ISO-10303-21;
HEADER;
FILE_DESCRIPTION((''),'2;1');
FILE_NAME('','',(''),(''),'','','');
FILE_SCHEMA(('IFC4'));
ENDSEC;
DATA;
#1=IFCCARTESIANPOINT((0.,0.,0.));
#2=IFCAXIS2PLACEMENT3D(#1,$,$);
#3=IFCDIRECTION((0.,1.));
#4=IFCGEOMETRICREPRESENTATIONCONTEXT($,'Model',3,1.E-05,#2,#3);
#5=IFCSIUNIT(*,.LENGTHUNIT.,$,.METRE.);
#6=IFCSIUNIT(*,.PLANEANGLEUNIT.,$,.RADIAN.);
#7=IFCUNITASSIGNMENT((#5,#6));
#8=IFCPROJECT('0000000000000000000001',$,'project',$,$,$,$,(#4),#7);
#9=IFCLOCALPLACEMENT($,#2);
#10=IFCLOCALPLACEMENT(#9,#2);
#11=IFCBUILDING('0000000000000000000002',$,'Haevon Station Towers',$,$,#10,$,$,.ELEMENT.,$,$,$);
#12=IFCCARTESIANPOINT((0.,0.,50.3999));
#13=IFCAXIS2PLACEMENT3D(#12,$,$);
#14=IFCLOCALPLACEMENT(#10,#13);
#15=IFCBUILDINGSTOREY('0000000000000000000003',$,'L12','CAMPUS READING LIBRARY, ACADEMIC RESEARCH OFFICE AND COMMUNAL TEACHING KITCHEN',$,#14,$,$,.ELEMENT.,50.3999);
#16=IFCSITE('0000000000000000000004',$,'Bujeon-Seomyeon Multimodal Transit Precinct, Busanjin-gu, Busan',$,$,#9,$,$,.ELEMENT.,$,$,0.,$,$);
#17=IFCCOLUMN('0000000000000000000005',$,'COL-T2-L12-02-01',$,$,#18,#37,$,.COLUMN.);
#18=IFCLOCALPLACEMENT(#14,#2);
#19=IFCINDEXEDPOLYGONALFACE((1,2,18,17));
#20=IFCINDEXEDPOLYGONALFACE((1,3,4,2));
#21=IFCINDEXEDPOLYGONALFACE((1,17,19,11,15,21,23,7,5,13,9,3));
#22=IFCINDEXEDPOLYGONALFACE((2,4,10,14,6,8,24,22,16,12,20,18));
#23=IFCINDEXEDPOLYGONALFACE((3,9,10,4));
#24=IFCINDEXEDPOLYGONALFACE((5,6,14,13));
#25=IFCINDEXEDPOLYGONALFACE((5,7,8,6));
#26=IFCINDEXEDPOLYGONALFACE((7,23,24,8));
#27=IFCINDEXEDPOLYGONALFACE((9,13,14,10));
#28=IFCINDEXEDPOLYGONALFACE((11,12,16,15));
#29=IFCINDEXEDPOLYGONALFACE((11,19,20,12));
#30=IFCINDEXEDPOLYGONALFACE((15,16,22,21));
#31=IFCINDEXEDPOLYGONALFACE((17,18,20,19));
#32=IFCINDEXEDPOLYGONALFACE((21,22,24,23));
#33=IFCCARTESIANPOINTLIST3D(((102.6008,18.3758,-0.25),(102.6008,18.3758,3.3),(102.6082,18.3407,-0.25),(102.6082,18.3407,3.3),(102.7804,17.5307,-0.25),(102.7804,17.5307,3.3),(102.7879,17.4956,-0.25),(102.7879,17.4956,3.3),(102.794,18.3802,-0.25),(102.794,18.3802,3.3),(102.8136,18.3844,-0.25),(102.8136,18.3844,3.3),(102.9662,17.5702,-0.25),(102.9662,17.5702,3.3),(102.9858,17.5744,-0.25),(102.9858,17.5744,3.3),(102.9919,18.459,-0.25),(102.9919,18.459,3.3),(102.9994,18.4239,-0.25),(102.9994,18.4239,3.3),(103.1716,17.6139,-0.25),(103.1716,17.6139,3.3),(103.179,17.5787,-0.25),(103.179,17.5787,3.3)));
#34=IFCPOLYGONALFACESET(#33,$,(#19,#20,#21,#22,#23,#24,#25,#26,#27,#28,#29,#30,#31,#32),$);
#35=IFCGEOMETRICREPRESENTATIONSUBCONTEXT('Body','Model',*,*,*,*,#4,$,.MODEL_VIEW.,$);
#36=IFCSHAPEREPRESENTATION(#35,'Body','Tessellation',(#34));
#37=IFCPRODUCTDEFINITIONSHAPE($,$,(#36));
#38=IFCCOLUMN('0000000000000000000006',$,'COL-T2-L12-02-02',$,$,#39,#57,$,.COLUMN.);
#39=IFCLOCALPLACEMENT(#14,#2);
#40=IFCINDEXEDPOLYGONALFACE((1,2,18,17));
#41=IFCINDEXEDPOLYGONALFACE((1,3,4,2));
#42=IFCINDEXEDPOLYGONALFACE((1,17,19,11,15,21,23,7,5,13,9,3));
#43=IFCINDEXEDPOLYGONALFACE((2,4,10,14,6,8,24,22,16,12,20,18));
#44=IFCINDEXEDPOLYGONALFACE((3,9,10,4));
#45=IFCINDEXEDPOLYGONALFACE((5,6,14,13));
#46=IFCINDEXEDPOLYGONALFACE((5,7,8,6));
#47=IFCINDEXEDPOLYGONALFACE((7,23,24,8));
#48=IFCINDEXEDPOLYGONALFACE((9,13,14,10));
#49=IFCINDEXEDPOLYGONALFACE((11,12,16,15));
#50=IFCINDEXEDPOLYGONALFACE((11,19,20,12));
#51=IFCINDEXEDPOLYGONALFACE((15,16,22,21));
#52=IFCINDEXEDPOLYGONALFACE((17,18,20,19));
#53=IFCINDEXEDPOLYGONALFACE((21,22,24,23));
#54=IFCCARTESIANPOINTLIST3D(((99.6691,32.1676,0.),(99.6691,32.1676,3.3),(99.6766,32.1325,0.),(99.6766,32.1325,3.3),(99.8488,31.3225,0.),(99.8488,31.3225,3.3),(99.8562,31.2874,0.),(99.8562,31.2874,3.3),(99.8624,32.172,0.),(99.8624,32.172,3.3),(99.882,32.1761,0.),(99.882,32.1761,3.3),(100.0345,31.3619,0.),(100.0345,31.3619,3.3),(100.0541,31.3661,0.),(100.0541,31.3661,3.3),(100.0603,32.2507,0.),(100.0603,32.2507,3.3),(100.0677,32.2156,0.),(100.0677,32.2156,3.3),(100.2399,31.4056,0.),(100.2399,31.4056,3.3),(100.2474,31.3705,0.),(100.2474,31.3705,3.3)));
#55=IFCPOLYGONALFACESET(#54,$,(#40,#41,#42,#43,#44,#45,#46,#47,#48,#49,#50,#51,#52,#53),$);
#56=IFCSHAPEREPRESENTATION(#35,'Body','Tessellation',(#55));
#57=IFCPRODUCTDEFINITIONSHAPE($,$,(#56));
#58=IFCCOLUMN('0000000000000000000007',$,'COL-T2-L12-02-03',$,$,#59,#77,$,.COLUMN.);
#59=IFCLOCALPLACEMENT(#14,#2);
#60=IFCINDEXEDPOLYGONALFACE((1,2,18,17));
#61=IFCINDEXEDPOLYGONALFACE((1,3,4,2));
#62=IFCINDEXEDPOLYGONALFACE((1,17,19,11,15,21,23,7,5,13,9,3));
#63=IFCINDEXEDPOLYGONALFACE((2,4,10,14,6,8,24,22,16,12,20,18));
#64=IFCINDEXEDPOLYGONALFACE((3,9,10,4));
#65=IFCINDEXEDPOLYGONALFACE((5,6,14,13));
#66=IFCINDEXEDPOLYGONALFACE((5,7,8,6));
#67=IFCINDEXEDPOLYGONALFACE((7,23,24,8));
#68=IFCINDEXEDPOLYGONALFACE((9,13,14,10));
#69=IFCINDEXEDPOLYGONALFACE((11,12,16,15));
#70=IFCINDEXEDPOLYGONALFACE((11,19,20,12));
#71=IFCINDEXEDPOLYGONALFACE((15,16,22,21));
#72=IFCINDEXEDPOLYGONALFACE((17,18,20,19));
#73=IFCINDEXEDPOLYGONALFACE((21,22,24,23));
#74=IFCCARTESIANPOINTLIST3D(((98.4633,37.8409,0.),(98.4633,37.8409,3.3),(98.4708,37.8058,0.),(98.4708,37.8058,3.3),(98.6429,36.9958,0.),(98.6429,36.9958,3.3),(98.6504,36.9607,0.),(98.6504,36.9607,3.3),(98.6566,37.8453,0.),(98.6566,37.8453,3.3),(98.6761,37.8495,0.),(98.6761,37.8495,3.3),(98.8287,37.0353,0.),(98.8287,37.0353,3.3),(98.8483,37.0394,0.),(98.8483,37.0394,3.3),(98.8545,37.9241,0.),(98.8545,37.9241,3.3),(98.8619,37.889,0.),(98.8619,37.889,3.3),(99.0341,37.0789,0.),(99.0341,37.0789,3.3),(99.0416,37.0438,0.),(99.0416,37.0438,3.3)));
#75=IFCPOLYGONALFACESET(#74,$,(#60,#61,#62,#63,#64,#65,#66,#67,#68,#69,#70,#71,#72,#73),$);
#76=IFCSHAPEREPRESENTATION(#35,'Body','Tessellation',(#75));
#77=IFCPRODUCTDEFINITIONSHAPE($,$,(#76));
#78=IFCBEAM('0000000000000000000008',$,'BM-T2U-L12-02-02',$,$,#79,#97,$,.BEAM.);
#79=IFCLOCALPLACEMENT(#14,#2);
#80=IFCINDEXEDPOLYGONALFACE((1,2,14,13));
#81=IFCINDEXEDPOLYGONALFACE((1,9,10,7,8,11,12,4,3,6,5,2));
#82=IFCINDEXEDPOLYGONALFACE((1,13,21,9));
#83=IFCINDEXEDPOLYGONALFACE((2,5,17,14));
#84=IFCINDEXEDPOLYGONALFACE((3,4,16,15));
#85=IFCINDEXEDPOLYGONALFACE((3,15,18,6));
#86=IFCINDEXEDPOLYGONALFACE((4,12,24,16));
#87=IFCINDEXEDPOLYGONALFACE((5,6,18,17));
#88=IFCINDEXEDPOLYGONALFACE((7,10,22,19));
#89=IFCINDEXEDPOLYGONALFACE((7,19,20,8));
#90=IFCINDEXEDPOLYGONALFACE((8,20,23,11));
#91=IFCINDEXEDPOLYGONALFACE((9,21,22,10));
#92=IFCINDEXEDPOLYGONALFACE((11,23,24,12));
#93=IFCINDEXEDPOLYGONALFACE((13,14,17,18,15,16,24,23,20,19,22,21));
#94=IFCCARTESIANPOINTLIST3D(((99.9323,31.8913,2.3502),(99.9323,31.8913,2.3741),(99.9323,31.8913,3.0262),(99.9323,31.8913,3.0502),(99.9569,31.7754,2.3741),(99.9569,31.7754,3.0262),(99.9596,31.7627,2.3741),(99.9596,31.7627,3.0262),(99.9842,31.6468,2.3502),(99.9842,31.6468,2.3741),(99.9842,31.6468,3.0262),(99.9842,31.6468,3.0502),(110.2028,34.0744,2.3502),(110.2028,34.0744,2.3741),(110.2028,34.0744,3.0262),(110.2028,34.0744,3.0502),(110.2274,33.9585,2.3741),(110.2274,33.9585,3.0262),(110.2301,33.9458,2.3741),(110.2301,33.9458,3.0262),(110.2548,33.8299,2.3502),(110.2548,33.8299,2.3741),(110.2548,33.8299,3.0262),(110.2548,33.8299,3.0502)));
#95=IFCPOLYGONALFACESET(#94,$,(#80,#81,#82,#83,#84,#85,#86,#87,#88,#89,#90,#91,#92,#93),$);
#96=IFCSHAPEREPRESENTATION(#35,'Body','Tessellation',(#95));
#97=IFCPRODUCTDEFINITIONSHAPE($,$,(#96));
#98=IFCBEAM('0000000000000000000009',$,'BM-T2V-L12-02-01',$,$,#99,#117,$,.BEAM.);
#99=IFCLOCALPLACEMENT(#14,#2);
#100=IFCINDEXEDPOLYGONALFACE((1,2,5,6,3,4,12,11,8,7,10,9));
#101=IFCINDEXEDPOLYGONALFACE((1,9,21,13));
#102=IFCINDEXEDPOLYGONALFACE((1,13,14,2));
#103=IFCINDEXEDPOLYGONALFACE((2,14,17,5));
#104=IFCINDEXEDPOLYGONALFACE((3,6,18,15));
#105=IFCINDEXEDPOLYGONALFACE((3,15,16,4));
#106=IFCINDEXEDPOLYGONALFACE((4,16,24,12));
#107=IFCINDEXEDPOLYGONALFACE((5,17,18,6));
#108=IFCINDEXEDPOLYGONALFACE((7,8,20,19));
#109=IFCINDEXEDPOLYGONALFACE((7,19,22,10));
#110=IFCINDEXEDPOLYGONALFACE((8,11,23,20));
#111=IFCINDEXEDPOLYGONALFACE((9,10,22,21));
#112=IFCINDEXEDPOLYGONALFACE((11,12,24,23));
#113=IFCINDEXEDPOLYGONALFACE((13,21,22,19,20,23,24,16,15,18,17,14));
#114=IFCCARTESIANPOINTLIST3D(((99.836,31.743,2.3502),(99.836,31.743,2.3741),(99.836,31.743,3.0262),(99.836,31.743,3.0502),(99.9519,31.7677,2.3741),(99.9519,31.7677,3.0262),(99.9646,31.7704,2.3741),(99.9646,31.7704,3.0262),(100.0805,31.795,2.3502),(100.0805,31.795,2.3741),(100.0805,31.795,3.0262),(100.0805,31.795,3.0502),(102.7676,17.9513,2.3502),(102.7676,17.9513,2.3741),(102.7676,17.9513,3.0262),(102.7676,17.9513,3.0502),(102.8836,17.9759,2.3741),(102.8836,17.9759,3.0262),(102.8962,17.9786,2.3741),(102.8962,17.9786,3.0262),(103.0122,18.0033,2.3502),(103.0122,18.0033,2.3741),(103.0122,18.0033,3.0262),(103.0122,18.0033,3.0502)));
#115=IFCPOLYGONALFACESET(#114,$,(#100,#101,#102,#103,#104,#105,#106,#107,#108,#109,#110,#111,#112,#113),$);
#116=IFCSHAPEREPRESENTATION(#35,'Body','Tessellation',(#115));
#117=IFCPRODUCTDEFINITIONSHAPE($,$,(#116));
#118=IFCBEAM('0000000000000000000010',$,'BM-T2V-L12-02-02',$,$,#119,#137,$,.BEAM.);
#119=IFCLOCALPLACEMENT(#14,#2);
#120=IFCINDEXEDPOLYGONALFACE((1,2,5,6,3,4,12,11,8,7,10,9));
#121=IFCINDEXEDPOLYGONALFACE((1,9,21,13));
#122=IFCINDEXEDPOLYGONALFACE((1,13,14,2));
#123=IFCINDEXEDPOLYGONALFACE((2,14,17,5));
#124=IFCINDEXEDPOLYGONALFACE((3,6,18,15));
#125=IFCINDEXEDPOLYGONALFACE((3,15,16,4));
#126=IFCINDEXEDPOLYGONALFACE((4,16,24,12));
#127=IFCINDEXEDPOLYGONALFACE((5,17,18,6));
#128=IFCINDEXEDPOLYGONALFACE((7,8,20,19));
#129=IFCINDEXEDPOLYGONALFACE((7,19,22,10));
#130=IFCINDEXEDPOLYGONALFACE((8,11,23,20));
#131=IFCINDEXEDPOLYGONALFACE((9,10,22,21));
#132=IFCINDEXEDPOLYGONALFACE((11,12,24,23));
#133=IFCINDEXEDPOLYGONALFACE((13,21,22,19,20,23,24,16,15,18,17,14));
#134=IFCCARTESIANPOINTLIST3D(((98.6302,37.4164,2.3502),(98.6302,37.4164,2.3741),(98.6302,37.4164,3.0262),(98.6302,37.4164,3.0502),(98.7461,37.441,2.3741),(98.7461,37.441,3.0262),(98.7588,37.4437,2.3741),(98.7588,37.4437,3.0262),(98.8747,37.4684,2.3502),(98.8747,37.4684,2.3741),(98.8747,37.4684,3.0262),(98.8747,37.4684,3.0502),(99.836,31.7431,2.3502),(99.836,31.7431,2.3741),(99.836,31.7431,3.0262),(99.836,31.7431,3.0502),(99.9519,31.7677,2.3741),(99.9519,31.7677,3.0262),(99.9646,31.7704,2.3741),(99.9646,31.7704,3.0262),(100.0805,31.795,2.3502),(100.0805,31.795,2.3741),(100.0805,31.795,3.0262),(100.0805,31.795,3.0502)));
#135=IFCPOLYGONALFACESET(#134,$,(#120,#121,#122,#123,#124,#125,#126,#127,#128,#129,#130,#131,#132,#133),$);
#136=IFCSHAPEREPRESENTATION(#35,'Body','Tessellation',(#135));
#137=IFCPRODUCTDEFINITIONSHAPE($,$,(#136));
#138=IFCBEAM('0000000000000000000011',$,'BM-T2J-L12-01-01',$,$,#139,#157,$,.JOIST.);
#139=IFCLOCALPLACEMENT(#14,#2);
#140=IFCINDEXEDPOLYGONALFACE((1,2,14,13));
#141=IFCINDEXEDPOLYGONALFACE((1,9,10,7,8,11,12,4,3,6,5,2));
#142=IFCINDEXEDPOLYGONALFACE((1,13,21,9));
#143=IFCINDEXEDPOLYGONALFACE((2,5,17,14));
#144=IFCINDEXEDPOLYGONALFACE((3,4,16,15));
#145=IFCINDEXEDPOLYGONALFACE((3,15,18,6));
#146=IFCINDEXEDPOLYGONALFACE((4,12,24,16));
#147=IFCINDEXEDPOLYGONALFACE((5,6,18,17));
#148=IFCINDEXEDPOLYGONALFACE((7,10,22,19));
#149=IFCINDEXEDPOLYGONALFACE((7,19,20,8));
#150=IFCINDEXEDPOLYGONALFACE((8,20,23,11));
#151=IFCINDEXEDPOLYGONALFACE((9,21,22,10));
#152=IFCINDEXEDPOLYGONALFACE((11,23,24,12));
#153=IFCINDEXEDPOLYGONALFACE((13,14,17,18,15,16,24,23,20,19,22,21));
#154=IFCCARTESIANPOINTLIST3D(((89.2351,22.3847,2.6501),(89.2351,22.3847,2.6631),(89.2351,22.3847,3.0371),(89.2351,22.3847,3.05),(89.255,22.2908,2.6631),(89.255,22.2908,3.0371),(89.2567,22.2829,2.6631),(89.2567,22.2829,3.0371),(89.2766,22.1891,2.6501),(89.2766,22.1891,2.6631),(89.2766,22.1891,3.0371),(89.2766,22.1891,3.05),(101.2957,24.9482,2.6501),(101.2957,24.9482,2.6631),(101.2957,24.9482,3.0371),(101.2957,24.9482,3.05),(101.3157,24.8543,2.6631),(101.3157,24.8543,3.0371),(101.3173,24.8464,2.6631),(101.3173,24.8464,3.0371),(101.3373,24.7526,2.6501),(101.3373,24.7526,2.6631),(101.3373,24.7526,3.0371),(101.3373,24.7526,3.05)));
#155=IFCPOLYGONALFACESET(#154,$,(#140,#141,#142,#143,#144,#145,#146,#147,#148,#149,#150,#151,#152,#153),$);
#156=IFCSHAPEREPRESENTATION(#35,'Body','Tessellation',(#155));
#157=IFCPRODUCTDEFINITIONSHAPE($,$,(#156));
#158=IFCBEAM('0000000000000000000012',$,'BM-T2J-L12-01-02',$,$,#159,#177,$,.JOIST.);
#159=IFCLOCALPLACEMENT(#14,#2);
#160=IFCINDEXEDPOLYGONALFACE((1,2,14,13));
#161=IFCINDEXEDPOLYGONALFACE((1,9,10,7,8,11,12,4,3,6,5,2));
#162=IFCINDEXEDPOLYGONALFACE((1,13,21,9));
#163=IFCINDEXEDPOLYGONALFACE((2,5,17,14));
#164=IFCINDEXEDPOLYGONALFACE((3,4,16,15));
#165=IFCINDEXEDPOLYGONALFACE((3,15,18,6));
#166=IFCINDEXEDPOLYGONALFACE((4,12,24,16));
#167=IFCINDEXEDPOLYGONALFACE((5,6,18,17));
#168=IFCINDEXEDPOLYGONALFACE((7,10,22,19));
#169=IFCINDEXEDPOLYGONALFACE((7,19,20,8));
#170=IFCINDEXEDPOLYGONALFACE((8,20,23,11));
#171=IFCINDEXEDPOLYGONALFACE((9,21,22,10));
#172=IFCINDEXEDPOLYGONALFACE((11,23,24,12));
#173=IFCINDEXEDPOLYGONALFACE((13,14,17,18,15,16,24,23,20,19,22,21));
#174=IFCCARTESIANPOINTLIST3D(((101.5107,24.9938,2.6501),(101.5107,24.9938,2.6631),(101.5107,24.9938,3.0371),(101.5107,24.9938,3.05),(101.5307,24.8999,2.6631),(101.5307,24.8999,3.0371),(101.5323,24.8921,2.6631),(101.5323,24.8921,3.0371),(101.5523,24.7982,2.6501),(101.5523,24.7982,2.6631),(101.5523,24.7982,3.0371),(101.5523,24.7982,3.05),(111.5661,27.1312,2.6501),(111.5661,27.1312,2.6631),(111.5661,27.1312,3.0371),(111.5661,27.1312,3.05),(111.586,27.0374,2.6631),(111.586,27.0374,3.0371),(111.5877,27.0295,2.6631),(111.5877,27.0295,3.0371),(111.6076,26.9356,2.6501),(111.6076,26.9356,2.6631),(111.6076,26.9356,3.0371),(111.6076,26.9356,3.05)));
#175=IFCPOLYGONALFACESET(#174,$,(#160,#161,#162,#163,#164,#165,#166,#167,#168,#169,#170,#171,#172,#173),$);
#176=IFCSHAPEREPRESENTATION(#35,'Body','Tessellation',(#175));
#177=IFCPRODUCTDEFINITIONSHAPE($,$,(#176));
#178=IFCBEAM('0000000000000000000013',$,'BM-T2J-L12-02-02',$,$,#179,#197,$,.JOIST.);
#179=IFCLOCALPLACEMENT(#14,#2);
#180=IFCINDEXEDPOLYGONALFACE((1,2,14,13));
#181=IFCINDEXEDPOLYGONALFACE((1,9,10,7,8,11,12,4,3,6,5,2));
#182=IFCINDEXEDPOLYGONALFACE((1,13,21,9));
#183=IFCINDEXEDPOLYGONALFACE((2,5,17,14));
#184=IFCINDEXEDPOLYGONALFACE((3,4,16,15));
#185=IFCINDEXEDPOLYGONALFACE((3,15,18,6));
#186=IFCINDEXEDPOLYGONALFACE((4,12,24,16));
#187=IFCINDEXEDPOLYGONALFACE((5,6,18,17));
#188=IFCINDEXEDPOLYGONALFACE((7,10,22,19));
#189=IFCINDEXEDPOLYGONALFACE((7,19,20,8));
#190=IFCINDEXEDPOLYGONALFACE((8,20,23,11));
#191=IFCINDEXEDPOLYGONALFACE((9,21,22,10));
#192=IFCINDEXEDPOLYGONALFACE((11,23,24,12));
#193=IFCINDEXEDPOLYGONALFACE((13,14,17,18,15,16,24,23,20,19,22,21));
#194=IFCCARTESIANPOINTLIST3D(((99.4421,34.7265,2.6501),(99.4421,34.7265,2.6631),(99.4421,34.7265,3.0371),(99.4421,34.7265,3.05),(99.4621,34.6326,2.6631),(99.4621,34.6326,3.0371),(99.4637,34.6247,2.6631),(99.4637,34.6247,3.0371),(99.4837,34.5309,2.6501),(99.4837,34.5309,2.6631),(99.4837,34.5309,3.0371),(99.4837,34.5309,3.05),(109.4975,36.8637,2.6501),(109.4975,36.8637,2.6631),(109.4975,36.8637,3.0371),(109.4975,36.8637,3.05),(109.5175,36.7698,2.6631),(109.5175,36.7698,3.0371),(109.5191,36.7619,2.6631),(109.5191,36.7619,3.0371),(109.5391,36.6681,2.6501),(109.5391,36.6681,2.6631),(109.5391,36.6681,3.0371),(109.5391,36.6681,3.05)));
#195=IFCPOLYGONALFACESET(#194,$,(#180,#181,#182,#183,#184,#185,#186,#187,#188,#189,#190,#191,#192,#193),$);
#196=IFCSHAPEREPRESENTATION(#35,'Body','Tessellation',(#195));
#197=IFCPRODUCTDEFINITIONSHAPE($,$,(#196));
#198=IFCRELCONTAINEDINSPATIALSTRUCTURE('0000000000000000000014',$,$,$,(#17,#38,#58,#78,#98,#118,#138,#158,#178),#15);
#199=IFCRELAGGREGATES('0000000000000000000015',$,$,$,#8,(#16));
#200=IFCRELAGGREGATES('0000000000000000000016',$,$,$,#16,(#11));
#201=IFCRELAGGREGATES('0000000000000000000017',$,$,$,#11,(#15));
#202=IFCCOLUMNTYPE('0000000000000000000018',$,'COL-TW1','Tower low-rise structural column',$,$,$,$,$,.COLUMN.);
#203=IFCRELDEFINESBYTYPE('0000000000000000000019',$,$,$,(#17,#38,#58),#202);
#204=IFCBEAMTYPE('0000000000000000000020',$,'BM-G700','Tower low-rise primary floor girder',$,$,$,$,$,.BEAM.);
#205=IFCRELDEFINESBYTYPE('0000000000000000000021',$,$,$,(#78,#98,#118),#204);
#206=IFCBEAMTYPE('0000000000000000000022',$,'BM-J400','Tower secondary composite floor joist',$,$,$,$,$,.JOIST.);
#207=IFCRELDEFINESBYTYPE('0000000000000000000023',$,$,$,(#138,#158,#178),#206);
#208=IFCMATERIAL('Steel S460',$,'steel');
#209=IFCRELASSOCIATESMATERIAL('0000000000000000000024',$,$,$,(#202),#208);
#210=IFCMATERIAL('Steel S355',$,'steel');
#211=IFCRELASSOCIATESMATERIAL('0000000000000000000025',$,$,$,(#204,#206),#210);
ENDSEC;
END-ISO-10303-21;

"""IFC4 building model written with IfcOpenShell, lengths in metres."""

from ifc_helpers import new_model, si_unit, direction, frame, origin, origin_2d, place, context, subcontext, project, spatial, i_section, extrude, material, material_profile, profile_set, type_object, element, save


model = new_model("IFC4")

# Units and contexts
model_context = context("Model", 3, precision=1e-05, world=origin(), true_north=direction((0.0, 1.0)))
body_context = subcontext(model_context, "Body", "Model", "MODEL_VIEW")
ifc_project = project(units=[si_unit("LENGTHUNIT", "METRE"), si_unit("PLANEANGLEUNIT", "RADIAN")], contexts=[model_context])

# Site, building, storey
site_placement = place(None, origin())
site = spatial("IfcSite", under=ifc_project, at=site_placement, Name="Bujeon-Seomyeon Multimodal Transit Precinct, Busanjin-gu, Busan", CompositionType="ELEMENT", RefElevation=0.0)
building_placement = place(site_placement, origin())
building = spatial("IfcBuilding", under=site, at=building_placement, Name="Haevon Station Towers", CompositionType="ELEMENT")
storey_placement = place(building_placement, frame((0.0, 0.0, 50.3999)))
storey = spatial("IfcBuildingStorey", under=building, at=storey_placement, Name="L12", Description="CAMPUS READING LIBRARY, ACADEMIC RESEARCH OFFICE AND COMMUNAL TEACHING KITCHEN", CompositionType="ELEMENT", Elevation=50.3999)

# Columns
ifc_material_1 = material(Name="Steel S460", Category="steel")
ifc_material_profile_1 = material_profile(ifc_material_1, i_section(OverallWidth=0.3999, OverallDepth=0.8999, WebThickness=0.02, FlangeThickness=0.0359, at=origin_2d()), Name="H-900x400x20x36")
ifc_profile_set_1 = profile_set([ifc_material_profile_1], Name="Steel S460")
column_type = type_object("IfcColumnType", Name="COL-TW1", Description="Tower low-rise structural column", PredefinedType="COLUMN", material=ifc_profile_set_1)
column_placement = place(storey_placement, frame((102.8899, 17.9773, -0.25), z_axis=(0.0, 0.0, 1.0), x_axis=(0.978148, 0.207912, 0.0)))
element("IfcColumn", 1, at=column_placement, inside=storey, type_object=column_type, Name="COL-T2-L12-02-01", PredefinedType="COLUMN", context=body_context, shape_type="SweptSolid", body=[
    extrude(i_section(OverallWidth=0.3999, OverallDepth=0.8999, WebThickness=0.02, FlangeThickness=0.0359, at=origin_2d()), origin(), (0.0, 0.0, 1.0), 3.55),
])
for number, where, z_axis, x_axis, name in (
    (2, (99.9583, 31.769, 0.0), (0.0, 0.0, 1.0), (0.978148, 0.207912, 0.0), "COL-T2-L12-02-02"),
    (3, (98.7524, 37.4424, 0.0), (0.0, 0.0, 1.0), (0.978148, 0.207912, 0.0), "COL-T2-L12-02-03"),
):
    element("IfcColumn", number, at=place(storey_placement, frame(where, z_axis=z_axis, x_axis=x_axis)), inside=storey, type_object=column_type, Name=name, PredefinedType="COLUMN", context=body_context, shape_type="SweptSolid", body=[
        extrude(i_section(OverallWidth=0.3999, OverallDepth=0.8999, WebThickness=0.02, FlangeThickness=0.0359, at=origin_2d()), origin(), (0.0, 0.0, 1.0), 3.3),
    ])

# Beams
ifc_material_2 = material(Name="Steel S355", Category="steel")
ifc_material_profile_2 = material_profile(ifc_material_2, i_section(OverallWidth=0.25, OverallDepth=0.7, WebThickness=0.0129, FlangeThickness=0.0239, at=origin_2d()), Name="H-700x250x13x24")
ifc_profile_set_2 = profile_set([ifc_material_profile_2], Name="Steel S355")
beam_type_1 = type_object("IfcBeamType", Name="BM-G700", Description="Tower low-rise primary floor girder", PredefinedType="BEAM", material=ifc_profile_set_2)
beam_1_placement = place(storey_placement, frame((99.9583, 31.769, 2.7002), z_axis=(0.978147, 0.207915, 0.0), x_axis=(-0.207915, 0.978147, 0.0)))
element("IfcBeam", 4, at=beam_1_placement, inside=storey, type_object=beam_type_1, Name="BM-T2U-L12-02-02", PredefinedType="BEAM", context=body_context, shape_type="SweptSolid", body=[
    extrude(i_section(OverallWidth=0.25, OverallDepth=0.7, WebThickness=0.0129, FlangeThickness=0.0239, at=origin_2d()), origin(), (0.0, 0.0, 1.0), 10.5),
])
beam_2_placement = place(storey_placement, frame((102.8899, 17.9773, 2.7002), z_axis=(-0.207919, 0.978146, 0.0), x_axis=(-0.978146, -0.207919, 0.0)))
element("IfcBeam", 5, at=beam_2_placement, inside=storey, type_object=beam_type_1, Name="BM-T2V-L12-02-01", PredefinedType="BEAM", context=body_context, shape_type="SweptSolid", body=[
    extrude(i_section(OverallWidth=0.25, OverallDepth=0.7, WebThickness=0.0129, FlangeThickness=0.0239, at=origin_2d()), origin(), (0.0, 0.0, 1.0), 14.0999),
])
beam_3_placement = place(storey_placement, frame((99.9583, 31.769, 2.7002), z_axis=(-0.207896, 0.978151, 0.0), x_axis=(-0.978151, -0.207896, 0.0)))
element("IfcBeam", 6, at=beam_3_placement, inside=storey, type_object=beam_type_1, Name="BM-T2V-L12-02-02", PredefinedType="BEAM", context=body_context, shape_type="SweptSolid", body=[
    extrude(i_section(OverallWidth=0.25, OverallDepth=0.7, WebThickness=0.0129, FlangeThickness=0.0239, at=origin_2d()), origin(), (0.0, 0.0, 1.0), 5.8),
])
ifc_material_profile_3 = material_profile(ifc_material_2, i_section(OverallWidth=0.2, OverallDepth=0.3999, WebThickness=0.0081, FlangeThickness=0.0129, at=origin_2d()), Name="H-400x200x8x13")
ifc_profile_set_3 = profile_set([ifc_material_profile_3], Name="Steel S355")
beam_type_2 = type_object("IfcBeamType", Name="BM-J400", Description="Tower secondary composite floor joist", PredefinedType="JOIST", material=ifc_profile_set_3)
beam_4_placement = place(storey_placement, frame((89.2559, 22.2869, 2.8501), z_axis=(0.978149, 0.207906, 0.0), x_axis=(-0.207906, 0.978149, 0.0)))
element("IfcBeam", 7, at=beam_4_placement, inside=storey, type_object=beam_type_2, Name="BM-T2J-L12-01-01", PredefinedType="JOIST", context=body_context, shape_type="SweptSolid", body=[
    extrude(i_section(OverallWidth=0.2, OverallDepth=0.3999, WebThickness=0.0081, FlangeThickness=0.0129, at=origin_2d()), origin(), (0.0, 0.0, 1.0), 12.3301),
])
for number, where, z_axis, x_axis, name in (
    (8, (101.5315, 24.896, 2.8501), (0.978146, 0.207922, 0.0), (-0.207922, 0.978146, 0.0), "BM-T2J-L12-01-02"),
    (9, (99.4629, 34.6287, 2.8501), (0.97815, 0.207899, 0.0), (-0.207899, 0.97815, 0.0), "BM-T2J-L12-02-02"),
):
    element("IfcBeam", number, at=place(storey_placement, frame(where, z_axis=z_axis, x_axis=x_axis)), inside=storey, type_object=beam_type_2, Name=name, PredefinedType="JOIST", context=body_context, shape_type="SweptSolid", body=[
        extrude(i_section(OverallWidth=0.2, OverallDepth=0.3999, WebThickness=0.0081, FlangeThickness=0.0129, at=origin_2d()), origin(), (0.0, 0.0, 1.0), 10.28),
    ])

save(model, "model.ifc")
